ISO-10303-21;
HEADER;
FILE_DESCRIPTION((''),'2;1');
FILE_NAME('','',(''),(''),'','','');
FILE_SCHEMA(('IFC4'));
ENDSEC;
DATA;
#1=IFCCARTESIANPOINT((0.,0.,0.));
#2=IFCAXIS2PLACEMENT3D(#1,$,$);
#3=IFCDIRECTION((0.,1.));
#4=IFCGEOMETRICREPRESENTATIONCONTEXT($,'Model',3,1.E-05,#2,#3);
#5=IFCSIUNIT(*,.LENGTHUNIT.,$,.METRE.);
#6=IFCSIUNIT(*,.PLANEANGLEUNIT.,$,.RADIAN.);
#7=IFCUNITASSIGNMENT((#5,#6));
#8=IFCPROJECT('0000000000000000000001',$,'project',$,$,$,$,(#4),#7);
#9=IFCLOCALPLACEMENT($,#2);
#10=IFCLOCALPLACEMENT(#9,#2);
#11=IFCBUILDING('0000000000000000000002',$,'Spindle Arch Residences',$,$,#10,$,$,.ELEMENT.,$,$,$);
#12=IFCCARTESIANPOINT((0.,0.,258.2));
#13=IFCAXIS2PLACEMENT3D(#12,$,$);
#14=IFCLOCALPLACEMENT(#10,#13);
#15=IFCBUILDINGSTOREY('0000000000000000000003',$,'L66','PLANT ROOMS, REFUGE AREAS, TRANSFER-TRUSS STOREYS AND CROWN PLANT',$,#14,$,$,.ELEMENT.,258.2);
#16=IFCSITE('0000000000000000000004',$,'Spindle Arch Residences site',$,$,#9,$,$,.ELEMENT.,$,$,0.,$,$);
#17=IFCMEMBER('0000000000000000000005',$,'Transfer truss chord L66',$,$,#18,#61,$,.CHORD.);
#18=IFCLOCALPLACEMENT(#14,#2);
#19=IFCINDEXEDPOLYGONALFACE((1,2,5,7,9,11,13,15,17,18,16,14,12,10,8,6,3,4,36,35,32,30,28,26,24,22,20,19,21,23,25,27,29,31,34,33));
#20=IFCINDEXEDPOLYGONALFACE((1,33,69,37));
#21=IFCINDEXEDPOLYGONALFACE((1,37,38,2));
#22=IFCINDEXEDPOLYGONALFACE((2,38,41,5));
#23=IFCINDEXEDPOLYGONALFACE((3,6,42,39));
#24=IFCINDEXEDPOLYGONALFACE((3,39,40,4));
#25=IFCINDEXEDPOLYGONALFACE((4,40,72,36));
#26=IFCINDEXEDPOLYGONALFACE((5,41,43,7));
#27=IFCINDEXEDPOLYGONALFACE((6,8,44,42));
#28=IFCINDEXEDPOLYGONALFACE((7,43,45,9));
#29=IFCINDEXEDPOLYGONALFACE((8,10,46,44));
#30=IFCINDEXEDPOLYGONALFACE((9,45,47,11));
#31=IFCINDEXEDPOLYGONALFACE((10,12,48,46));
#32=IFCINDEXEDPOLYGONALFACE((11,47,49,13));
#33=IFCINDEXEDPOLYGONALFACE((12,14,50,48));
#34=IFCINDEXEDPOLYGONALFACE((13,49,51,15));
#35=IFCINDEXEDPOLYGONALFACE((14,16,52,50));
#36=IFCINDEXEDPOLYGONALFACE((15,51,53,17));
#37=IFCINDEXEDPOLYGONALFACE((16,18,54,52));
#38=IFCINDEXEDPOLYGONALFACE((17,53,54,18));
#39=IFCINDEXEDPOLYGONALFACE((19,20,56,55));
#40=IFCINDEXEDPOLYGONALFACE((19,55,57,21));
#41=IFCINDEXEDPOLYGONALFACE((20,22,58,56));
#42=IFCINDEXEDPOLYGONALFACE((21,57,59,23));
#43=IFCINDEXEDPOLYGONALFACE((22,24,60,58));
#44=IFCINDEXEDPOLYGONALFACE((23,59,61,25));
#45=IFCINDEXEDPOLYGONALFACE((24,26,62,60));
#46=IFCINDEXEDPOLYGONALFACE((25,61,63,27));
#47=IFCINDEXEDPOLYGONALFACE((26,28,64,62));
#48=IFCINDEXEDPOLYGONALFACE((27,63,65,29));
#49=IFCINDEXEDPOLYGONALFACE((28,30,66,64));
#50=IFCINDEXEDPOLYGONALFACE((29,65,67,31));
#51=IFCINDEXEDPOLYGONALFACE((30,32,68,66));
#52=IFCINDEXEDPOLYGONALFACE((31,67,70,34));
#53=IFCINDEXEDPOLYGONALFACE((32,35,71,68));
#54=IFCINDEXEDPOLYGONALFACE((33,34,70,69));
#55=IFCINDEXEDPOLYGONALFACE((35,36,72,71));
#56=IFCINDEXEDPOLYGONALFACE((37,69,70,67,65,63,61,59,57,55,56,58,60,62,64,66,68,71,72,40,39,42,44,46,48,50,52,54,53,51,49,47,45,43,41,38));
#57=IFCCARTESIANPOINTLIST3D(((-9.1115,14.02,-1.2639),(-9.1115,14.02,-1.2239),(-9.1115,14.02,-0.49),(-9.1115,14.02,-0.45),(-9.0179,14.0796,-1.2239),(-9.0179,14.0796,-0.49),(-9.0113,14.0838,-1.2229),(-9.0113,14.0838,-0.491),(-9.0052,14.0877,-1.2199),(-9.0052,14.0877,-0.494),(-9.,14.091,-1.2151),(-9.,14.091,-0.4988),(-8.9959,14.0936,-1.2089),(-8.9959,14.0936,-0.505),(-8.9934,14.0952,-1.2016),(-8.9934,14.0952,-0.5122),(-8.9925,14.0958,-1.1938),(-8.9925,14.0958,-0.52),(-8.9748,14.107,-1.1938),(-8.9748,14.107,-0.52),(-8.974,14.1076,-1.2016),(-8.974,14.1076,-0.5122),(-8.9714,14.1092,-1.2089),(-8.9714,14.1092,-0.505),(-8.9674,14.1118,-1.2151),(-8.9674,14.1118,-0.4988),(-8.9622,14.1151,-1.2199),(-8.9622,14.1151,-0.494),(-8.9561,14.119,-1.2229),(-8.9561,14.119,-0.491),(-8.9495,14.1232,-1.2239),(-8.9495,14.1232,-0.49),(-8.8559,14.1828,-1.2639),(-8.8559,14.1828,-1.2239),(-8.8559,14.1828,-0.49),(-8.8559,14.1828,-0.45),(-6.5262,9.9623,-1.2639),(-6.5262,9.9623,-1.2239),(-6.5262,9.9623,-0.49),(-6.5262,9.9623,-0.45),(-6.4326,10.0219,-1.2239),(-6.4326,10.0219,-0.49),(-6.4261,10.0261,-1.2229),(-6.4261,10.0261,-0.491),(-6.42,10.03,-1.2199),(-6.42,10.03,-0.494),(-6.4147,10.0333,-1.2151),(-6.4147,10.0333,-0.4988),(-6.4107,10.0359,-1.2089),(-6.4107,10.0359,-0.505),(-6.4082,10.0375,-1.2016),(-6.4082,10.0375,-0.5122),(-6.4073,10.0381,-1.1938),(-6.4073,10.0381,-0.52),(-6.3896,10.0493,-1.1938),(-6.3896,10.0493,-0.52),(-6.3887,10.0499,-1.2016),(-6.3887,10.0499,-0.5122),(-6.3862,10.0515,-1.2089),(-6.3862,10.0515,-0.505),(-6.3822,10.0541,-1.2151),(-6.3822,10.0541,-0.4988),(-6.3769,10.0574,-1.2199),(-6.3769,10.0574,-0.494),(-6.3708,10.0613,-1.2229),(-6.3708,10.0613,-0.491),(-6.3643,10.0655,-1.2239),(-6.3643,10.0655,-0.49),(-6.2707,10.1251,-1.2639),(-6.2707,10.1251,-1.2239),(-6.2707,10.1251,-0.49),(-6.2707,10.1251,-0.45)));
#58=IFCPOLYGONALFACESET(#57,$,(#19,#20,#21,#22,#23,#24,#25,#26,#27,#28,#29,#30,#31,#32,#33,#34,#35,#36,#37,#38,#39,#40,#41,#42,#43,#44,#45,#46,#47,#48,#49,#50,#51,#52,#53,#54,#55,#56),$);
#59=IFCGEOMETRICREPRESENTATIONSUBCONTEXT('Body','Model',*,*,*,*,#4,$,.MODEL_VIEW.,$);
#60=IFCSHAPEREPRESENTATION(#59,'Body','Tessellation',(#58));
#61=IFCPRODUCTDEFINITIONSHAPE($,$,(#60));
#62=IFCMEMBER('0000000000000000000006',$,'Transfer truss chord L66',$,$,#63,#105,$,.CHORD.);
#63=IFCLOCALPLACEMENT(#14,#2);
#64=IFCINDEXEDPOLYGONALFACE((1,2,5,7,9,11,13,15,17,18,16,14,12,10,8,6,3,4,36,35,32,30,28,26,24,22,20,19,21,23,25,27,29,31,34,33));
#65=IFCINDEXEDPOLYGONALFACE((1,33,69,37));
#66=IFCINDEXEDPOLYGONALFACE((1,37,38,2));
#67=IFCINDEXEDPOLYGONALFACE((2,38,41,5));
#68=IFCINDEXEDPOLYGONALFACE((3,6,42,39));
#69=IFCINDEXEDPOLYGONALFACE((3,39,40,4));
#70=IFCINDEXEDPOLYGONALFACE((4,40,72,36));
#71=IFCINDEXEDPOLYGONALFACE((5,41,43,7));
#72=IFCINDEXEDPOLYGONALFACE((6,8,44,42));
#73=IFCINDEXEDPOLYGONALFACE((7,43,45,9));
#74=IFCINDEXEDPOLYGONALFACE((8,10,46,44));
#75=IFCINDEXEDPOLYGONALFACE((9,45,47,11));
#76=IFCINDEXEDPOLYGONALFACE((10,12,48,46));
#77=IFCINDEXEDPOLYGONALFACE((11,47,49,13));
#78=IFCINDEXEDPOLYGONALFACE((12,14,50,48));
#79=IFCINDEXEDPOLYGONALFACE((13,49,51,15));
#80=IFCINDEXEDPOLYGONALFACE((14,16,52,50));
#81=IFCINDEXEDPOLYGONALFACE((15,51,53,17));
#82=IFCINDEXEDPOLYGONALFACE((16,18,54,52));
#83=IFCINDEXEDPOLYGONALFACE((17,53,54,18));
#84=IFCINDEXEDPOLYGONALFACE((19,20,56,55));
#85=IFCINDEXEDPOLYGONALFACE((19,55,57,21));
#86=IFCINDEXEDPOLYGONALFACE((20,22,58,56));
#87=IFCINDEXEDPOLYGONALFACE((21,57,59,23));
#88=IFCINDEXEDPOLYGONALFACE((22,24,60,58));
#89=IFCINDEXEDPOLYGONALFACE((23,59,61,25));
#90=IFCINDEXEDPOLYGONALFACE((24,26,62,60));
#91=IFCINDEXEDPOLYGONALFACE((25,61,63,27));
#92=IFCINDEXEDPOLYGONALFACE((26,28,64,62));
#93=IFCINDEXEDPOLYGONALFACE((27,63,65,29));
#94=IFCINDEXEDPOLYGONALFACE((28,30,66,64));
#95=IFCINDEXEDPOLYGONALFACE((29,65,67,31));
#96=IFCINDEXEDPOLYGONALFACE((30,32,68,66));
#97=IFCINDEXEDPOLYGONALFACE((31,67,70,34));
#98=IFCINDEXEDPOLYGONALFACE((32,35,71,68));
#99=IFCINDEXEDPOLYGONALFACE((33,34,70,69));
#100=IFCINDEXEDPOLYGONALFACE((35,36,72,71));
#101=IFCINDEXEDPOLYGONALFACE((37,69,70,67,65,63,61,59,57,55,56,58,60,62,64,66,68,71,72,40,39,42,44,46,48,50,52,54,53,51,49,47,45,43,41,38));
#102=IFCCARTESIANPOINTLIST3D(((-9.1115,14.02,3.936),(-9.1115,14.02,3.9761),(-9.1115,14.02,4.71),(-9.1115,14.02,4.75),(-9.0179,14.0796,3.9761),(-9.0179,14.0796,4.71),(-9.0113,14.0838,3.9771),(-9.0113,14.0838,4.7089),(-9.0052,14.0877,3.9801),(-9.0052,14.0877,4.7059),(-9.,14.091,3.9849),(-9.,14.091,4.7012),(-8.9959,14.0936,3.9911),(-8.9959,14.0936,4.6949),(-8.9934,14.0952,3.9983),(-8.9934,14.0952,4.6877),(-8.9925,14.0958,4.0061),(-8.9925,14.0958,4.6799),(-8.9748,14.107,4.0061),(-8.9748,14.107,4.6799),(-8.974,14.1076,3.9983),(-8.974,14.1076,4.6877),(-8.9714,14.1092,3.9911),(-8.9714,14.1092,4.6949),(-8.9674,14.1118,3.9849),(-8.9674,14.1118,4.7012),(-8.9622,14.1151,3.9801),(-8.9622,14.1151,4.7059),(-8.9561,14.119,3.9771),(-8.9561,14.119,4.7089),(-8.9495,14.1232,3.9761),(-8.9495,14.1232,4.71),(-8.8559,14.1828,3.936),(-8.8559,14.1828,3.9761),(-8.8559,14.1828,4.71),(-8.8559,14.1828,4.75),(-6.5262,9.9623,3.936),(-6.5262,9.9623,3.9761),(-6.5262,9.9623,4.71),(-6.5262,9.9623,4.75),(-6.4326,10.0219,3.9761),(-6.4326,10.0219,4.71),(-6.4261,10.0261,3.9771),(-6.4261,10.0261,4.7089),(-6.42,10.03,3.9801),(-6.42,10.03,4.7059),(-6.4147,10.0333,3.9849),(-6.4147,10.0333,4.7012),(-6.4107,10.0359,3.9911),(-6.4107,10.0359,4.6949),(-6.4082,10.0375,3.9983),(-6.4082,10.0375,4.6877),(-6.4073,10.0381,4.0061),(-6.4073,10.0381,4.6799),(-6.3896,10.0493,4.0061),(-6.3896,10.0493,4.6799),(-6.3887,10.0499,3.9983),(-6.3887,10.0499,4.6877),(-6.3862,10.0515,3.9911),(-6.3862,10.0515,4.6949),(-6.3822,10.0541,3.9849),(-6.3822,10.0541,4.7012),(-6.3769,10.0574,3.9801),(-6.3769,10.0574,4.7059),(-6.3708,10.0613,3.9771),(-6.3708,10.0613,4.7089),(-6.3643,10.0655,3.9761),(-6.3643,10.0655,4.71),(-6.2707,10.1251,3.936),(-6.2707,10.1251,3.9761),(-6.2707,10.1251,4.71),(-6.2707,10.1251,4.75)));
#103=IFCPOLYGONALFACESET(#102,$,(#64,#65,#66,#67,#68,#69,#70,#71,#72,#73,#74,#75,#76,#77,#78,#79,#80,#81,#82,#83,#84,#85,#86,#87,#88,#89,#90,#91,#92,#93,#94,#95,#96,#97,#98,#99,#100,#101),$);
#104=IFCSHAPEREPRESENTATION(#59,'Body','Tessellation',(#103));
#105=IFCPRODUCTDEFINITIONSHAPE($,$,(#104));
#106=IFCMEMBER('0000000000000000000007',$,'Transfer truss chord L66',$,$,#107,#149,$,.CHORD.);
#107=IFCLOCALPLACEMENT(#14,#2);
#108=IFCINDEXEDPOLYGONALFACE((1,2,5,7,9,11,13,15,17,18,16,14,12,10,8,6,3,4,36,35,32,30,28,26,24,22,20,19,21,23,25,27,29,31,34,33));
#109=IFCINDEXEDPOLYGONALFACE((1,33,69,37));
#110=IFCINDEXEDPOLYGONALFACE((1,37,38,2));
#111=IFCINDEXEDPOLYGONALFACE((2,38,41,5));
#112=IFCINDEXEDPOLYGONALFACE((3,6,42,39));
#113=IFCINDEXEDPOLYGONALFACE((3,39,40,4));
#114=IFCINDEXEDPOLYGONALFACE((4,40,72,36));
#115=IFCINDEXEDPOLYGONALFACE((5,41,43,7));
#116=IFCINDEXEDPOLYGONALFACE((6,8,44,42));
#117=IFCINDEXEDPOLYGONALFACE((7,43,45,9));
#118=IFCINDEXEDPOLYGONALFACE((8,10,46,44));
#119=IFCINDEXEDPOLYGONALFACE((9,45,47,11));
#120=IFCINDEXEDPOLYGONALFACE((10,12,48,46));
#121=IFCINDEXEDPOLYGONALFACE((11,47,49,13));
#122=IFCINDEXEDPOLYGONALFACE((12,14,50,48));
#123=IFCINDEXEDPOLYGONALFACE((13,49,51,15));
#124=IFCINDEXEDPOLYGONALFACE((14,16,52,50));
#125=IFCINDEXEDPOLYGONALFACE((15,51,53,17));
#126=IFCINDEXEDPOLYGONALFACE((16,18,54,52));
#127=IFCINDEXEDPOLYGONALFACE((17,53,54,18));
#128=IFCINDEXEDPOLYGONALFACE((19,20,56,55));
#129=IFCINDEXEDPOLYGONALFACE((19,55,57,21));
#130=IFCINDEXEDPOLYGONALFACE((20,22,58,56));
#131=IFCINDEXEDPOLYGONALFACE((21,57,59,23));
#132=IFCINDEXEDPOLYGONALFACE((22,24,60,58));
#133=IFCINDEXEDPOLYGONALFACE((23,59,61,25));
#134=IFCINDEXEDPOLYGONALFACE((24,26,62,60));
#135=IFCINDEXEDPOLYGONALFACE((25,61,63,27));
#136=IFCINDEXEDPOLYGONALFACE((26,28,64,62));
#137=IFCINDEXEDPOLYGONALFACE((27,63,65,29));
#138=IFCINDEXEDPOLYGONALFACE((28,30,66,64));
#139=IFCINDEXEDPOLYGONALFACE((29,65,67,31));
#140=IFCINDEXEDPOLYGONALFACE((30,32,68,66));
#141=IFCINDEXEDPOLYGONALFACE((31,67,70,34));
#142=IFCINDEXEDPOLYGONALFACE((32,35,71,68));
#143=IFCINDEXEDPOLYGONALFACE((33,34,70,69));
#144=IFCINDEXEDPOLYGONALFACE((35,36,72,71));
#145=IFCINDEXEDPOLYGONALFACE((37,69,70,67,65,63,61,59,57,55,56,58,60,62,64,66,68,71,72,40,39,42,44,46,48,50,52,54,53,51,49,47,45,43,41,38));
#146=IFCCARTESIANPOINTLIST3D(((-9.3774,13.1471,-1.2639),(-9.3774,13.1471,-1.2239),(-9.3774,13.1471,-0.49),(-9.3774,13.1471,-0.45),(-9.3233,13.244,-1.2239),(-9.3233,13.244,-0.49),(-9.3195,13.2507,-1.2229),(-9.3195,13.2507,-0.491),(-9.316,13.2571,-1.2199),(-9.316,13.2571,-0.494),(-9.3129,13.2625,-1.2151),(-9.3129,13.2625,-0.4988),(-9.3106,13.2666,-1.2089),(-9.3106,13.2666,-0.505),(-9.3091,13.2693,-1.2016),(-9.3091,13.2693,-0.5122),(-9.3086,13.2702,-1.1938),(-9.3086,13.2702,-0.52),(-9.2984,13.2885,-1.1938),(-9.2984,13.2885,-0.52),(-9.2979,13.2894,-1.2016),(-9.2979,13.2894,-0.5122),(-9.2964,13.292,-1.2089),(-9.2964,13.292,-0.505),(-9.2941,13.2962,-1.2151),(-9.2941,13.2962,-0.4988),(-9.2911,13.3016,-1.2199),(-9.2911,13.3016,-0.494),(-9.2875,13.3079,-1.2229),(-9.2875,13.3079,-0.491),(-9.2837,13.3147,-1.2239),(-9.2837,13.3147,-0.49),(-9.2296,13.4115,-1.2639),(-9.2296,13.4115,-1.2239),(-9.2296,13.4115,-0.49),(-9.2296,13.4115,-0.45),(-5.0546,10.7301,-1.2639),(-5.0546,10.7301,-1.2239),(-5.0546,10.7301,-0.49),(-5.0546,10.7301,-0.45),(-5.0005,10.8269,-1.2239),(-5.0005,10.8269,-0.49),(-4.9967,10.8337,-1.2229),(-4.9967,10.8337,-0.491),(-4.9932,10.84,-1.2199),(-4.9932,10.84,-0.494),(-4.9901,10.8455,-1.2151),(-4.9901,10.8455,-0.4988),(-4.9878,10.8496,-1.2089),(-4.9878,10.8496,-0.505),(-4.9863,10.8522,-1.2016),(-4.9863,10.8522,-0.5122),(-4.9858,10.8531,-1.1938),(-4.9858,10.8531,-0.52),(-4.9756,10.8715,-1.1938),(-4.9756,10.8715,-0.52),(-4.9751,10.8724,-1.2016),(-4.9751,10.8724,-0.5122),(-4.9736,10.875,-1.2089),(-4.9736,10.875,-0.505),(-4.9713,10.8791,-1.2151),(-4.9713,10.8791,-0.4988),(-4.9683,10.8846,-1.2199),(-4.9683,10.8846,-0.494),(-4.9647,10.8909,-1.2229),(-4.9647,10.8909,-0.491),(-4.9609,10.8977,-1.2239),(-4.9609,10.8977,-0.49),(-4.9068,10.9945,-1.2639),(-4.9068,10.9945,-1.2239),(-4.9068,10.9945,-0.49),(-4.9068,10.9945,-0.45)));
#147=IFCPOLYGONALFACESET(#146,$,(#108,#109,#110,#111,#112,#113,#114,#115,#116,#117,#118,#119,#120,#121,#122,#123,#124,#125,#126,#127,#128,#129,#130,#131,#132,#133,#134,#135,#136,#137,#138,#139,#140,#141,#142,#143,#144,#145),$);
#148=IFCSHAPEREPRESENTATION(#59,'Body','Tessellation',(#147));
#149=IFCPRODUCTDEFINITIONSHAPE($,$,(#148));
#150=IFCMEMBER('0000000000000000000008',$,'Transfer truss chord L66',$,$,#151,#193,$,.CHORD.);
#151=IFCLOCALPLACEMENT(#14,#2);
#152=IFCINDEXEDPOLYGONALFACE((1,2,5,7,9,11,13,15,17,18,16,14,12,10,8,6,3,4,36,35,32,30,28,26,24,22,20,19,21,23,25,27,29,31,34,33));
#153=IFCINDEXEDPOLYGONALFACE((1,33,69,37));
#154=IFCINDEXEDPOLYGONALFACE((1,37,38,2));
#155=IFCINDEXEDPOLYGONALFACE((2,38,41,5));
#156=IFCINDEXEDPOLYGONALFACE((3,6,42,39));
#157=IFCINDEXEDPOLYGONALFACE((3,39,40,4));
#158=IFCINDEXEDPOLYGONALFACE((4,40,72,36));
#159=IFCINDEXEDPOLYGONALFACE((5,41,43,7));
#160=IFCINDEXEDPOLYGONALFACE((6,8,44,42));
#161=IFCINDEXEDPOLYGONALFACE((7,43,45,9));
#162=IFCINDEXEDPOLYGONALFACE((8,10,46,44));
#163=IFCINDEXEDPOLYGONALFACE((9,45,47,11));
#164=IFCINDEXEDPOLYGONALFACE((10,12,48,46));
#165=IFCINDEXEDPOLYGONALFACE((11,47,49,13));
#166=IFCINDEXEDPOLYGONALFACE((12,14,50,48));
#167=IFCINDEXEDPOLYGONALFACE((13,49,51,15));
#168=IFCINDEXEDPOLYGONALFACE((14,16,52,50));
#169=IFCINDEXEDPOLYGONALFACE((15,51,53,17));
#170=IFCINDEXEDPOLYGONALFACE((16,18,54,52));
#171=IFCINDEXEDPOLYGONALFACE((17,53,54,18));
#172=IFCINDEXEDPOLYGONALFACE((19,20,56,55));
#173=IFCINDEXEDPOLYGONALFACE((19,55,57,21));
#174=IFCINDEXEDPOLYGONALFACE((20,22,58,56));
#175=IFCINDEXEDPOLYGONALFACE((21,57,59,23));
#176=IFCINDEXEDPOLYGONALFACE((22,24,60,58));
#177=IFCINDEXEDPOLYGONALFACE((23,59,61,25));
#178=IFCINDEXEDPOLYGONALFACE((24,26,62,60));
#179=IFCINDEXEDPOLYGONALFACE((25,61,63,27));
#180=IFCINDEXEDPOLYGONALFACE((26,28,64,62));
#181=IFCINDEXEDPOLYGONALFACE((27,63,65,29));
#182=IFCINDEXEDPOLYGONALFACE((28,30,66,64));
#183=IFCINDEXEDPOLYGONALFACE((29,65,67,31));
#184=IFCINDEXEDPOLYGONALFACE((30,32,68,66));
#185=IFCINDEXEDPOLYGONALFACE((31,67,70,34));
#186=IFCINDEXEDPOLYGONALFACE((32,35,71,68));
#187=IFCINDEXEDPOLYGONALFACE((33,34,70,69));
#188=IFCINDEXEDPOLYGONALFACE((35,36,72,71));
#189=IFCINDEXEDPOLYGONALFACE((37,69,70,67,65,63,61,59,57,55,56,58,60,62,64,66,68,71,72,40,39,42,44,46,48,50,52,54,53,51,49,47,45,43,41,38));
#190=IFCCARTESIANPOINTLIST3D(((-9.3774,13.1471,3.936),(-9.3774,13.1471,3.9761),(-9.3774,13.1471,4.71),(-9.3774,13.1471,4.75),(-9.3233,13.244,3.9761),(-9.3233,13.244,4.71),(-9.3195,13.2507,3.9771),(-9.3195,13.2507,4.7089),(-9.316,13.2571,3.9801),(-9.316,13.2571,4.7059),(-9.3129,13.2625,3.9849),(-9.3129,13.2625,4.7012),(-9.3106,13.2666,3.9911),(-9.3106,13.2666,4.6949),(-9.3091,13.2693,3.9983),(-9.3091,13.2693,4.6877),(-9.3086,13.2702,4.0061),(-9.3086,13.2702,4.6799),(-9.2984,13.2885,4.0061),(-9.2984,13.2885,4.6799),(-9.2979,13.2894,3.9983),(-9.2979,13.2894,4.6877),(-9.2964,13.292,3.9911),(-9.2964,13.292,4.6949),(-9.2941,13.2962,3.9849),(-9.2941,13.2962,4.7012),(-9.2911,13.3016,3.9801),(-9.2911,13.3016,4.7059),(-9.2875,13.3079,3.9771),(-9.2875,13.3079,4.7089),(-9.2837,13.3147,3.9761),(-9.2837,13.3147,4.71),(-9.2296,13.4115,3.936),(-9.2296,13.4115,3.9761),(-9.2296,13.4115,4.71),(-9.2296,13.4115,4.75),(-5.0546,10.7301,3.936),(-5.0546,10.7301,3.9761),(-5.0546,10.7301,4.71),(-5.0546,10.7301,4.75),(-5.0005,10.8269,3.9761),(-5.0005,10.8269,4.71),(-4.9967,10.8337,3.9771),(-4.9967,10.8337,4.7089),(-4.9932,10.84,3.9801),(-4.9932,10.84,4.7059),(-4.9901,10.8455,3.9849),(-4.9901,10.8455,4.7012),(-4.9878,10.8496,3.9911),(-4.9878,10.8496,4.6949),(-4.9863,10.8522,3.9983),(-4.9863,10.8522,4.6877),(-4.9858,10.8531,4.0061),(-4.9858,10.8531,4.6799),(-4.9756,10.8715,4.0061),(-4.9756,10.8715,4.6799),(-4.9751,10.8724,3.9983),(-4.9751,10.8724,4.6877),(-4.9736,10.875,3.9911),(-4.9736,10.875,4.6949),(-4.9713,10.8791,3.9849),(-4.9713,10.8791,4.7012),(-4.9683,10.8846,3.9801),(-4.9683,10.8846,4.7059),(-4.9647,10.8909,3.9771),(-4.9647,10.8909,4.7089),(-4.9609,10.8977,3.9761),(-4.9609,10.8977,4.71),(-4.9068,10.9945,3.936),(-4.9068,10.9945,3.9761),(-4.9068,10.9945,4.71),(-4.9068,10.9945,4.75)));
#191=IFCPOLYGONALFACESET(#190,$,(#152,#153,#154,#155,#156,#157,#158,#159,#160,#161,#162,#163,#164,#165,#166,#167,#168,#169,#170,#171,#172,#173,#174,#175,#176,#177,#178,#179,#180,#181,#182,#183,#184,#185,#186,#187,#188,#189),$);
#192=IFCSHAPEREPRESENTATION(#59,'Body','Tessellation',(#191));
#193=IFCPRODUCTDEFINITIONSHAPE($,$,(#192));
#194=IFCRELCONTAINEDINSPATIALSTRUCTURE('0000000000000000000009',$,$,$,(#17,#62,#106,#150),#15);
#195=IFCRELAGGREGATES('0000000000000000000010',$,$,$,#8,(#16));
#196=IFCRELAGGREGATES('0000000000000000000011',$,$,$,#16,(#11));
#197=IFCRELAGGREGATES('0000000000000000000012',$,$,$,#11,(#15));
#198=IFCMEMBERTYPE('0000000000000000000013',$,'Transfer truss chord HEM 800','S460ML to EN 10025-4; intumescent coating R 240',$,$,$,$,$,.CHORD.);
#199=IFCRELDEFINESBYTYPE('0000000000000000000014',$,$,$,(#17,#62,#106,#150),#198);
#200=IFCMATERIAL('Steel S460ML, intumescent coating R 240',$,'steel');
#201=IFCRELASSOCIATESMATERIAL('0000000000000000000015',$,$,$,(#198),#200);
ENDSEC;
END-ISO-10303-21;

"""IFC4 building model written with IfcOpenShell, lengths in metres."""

from ifc_helpers import new_model, si_unit, direction, frame, origin, origin_2d, place, context, subcontext, project, spatial, i_section, extrude, material, material_profile, profile_set, type_object, element, save


model = new_model("IFC4")

# Units and contexts
model_context = context("Model", 3, precision=1e-05, world=origin(), true_north=direction((0.0, 1.0)))
body_context = subcontext(model_context, "Body", "Model", "MODEL_VIEW")
ifc_project = project(units=[si_unit("LENGTHUNIT", "METRE"), si_unit("PLANEANGLEUNIT", "RADIAN")], contexts=[model_context])

# Site, building, storey
site_placement = place(None, origin())
site = spatial("IfcSite", under=ifc_project, at=site_placement, Name="Spindle Arch Residences site", CompositionType="ELEMENT", RefElevation=0.0)
building_placement = place(site_placement, origin())
building = spatial("IfcBuilding", under=site, at=building_placement, Name="Spindle Arch Residences", CompositionType="ELEMENT")
storey_placement = place(building_placement, frame((0.0, 0.0, 258.2)))
storey = spatial("IfcBuildingStorey", under=building, at=storey_placement, Name="L66", Description="PLANT ROOMS, REFUGE AREAS, TRANSFER-TRUSS STOREYS AND CROWN PLANT", CompositionType="ELEMENT", Elevation=258.2)

# Members
ifc_material_1 = material(Name="Steel S460ML, intumescent coating R 240", Category="steel")
ifc_material_profile = material_profile(ifc_material_1, i_section(OverallWidth=0.303, OverallDepth=0.814, WebThickness=0.021, FlangeThickness=0.04, FilletRadius=0.03, at=origin_2d()), Name="HEM 800")
ifc_profile_set = profile_set([ifc_material_profile], Name="Steel S460ML, intumescent coating R 240")
member_type = type_object("IfcMemberType", Name="Transfer truss chord HEM 800", Description="S460ML to EN 10025-4; intumescent coating R 240", PredefinedType="CHORD", material=ifc_profile_set)
for number, where, z_axis, x_axis, name in (
    (1, (-6.3984, 10.0437, -0.8569), (-0.537332, 0.843371, 0.0), (-0.843371, -0.537332, 0.0), "Transfer truss chord L66"),
    (2, (-6.3984, 10.0437, 4.343), (-0.537332, 0.843371, 0.0), (-0.843371, -0.537332, 0.0), "Transfer truss chord L66"),
):
    element("IfcMember", number, at=place(storey_placement, frame(where, z_axis=z_axis, x_axis=x_axis)), inside=storey, type_object=member_type, Name=name, PredefinedType="CHORD", context=body_context, shape_type="SweptSolid", body=[
        extrude(i_section(OverallWidth=0.303, OverallDepth=0.814, WebThickness=0.021, FlangeThickness=0.04, FilletRadius=0.03, at=origin_2d()), origin(), (0.0, 0.0, 1.0), 4.8113),
    ])
for number, where, z_axis, x_axis, name in (
    (3, (-4.9807, 10.8623, -0.8569), (-0.872829, 0.488027, 0.0), (-0.488027, -0.872829, 0.0), "Transfer truss chord L66"),
    (4, (-4.9807, 10.8623, 4.343), (-0.872829, 0.488027, 0.0), (-0.488027, -0.872829, 0.0), "Transfer truss chord L66"),
):
    element("IfcMember", number, at=place(storey_placement, frame(where, z_axis=z_axis, x_axis=x_axis)), inside=storey, type_object=member_type, Name=name, PredefinedType="CHORD", context=body_context, shape_type="SweptSolid", body=[
        extrude(i_section(OverallWidth=0.303, OverallDepth=0.814, WebThickness=0.021, FlangeThickness=0.04, FilletRadius=0.03, at=origin_2d()), origin(), (0.0, 0.0, 1.0), 4.9526),
    ])

save(model, "model.ifc")
